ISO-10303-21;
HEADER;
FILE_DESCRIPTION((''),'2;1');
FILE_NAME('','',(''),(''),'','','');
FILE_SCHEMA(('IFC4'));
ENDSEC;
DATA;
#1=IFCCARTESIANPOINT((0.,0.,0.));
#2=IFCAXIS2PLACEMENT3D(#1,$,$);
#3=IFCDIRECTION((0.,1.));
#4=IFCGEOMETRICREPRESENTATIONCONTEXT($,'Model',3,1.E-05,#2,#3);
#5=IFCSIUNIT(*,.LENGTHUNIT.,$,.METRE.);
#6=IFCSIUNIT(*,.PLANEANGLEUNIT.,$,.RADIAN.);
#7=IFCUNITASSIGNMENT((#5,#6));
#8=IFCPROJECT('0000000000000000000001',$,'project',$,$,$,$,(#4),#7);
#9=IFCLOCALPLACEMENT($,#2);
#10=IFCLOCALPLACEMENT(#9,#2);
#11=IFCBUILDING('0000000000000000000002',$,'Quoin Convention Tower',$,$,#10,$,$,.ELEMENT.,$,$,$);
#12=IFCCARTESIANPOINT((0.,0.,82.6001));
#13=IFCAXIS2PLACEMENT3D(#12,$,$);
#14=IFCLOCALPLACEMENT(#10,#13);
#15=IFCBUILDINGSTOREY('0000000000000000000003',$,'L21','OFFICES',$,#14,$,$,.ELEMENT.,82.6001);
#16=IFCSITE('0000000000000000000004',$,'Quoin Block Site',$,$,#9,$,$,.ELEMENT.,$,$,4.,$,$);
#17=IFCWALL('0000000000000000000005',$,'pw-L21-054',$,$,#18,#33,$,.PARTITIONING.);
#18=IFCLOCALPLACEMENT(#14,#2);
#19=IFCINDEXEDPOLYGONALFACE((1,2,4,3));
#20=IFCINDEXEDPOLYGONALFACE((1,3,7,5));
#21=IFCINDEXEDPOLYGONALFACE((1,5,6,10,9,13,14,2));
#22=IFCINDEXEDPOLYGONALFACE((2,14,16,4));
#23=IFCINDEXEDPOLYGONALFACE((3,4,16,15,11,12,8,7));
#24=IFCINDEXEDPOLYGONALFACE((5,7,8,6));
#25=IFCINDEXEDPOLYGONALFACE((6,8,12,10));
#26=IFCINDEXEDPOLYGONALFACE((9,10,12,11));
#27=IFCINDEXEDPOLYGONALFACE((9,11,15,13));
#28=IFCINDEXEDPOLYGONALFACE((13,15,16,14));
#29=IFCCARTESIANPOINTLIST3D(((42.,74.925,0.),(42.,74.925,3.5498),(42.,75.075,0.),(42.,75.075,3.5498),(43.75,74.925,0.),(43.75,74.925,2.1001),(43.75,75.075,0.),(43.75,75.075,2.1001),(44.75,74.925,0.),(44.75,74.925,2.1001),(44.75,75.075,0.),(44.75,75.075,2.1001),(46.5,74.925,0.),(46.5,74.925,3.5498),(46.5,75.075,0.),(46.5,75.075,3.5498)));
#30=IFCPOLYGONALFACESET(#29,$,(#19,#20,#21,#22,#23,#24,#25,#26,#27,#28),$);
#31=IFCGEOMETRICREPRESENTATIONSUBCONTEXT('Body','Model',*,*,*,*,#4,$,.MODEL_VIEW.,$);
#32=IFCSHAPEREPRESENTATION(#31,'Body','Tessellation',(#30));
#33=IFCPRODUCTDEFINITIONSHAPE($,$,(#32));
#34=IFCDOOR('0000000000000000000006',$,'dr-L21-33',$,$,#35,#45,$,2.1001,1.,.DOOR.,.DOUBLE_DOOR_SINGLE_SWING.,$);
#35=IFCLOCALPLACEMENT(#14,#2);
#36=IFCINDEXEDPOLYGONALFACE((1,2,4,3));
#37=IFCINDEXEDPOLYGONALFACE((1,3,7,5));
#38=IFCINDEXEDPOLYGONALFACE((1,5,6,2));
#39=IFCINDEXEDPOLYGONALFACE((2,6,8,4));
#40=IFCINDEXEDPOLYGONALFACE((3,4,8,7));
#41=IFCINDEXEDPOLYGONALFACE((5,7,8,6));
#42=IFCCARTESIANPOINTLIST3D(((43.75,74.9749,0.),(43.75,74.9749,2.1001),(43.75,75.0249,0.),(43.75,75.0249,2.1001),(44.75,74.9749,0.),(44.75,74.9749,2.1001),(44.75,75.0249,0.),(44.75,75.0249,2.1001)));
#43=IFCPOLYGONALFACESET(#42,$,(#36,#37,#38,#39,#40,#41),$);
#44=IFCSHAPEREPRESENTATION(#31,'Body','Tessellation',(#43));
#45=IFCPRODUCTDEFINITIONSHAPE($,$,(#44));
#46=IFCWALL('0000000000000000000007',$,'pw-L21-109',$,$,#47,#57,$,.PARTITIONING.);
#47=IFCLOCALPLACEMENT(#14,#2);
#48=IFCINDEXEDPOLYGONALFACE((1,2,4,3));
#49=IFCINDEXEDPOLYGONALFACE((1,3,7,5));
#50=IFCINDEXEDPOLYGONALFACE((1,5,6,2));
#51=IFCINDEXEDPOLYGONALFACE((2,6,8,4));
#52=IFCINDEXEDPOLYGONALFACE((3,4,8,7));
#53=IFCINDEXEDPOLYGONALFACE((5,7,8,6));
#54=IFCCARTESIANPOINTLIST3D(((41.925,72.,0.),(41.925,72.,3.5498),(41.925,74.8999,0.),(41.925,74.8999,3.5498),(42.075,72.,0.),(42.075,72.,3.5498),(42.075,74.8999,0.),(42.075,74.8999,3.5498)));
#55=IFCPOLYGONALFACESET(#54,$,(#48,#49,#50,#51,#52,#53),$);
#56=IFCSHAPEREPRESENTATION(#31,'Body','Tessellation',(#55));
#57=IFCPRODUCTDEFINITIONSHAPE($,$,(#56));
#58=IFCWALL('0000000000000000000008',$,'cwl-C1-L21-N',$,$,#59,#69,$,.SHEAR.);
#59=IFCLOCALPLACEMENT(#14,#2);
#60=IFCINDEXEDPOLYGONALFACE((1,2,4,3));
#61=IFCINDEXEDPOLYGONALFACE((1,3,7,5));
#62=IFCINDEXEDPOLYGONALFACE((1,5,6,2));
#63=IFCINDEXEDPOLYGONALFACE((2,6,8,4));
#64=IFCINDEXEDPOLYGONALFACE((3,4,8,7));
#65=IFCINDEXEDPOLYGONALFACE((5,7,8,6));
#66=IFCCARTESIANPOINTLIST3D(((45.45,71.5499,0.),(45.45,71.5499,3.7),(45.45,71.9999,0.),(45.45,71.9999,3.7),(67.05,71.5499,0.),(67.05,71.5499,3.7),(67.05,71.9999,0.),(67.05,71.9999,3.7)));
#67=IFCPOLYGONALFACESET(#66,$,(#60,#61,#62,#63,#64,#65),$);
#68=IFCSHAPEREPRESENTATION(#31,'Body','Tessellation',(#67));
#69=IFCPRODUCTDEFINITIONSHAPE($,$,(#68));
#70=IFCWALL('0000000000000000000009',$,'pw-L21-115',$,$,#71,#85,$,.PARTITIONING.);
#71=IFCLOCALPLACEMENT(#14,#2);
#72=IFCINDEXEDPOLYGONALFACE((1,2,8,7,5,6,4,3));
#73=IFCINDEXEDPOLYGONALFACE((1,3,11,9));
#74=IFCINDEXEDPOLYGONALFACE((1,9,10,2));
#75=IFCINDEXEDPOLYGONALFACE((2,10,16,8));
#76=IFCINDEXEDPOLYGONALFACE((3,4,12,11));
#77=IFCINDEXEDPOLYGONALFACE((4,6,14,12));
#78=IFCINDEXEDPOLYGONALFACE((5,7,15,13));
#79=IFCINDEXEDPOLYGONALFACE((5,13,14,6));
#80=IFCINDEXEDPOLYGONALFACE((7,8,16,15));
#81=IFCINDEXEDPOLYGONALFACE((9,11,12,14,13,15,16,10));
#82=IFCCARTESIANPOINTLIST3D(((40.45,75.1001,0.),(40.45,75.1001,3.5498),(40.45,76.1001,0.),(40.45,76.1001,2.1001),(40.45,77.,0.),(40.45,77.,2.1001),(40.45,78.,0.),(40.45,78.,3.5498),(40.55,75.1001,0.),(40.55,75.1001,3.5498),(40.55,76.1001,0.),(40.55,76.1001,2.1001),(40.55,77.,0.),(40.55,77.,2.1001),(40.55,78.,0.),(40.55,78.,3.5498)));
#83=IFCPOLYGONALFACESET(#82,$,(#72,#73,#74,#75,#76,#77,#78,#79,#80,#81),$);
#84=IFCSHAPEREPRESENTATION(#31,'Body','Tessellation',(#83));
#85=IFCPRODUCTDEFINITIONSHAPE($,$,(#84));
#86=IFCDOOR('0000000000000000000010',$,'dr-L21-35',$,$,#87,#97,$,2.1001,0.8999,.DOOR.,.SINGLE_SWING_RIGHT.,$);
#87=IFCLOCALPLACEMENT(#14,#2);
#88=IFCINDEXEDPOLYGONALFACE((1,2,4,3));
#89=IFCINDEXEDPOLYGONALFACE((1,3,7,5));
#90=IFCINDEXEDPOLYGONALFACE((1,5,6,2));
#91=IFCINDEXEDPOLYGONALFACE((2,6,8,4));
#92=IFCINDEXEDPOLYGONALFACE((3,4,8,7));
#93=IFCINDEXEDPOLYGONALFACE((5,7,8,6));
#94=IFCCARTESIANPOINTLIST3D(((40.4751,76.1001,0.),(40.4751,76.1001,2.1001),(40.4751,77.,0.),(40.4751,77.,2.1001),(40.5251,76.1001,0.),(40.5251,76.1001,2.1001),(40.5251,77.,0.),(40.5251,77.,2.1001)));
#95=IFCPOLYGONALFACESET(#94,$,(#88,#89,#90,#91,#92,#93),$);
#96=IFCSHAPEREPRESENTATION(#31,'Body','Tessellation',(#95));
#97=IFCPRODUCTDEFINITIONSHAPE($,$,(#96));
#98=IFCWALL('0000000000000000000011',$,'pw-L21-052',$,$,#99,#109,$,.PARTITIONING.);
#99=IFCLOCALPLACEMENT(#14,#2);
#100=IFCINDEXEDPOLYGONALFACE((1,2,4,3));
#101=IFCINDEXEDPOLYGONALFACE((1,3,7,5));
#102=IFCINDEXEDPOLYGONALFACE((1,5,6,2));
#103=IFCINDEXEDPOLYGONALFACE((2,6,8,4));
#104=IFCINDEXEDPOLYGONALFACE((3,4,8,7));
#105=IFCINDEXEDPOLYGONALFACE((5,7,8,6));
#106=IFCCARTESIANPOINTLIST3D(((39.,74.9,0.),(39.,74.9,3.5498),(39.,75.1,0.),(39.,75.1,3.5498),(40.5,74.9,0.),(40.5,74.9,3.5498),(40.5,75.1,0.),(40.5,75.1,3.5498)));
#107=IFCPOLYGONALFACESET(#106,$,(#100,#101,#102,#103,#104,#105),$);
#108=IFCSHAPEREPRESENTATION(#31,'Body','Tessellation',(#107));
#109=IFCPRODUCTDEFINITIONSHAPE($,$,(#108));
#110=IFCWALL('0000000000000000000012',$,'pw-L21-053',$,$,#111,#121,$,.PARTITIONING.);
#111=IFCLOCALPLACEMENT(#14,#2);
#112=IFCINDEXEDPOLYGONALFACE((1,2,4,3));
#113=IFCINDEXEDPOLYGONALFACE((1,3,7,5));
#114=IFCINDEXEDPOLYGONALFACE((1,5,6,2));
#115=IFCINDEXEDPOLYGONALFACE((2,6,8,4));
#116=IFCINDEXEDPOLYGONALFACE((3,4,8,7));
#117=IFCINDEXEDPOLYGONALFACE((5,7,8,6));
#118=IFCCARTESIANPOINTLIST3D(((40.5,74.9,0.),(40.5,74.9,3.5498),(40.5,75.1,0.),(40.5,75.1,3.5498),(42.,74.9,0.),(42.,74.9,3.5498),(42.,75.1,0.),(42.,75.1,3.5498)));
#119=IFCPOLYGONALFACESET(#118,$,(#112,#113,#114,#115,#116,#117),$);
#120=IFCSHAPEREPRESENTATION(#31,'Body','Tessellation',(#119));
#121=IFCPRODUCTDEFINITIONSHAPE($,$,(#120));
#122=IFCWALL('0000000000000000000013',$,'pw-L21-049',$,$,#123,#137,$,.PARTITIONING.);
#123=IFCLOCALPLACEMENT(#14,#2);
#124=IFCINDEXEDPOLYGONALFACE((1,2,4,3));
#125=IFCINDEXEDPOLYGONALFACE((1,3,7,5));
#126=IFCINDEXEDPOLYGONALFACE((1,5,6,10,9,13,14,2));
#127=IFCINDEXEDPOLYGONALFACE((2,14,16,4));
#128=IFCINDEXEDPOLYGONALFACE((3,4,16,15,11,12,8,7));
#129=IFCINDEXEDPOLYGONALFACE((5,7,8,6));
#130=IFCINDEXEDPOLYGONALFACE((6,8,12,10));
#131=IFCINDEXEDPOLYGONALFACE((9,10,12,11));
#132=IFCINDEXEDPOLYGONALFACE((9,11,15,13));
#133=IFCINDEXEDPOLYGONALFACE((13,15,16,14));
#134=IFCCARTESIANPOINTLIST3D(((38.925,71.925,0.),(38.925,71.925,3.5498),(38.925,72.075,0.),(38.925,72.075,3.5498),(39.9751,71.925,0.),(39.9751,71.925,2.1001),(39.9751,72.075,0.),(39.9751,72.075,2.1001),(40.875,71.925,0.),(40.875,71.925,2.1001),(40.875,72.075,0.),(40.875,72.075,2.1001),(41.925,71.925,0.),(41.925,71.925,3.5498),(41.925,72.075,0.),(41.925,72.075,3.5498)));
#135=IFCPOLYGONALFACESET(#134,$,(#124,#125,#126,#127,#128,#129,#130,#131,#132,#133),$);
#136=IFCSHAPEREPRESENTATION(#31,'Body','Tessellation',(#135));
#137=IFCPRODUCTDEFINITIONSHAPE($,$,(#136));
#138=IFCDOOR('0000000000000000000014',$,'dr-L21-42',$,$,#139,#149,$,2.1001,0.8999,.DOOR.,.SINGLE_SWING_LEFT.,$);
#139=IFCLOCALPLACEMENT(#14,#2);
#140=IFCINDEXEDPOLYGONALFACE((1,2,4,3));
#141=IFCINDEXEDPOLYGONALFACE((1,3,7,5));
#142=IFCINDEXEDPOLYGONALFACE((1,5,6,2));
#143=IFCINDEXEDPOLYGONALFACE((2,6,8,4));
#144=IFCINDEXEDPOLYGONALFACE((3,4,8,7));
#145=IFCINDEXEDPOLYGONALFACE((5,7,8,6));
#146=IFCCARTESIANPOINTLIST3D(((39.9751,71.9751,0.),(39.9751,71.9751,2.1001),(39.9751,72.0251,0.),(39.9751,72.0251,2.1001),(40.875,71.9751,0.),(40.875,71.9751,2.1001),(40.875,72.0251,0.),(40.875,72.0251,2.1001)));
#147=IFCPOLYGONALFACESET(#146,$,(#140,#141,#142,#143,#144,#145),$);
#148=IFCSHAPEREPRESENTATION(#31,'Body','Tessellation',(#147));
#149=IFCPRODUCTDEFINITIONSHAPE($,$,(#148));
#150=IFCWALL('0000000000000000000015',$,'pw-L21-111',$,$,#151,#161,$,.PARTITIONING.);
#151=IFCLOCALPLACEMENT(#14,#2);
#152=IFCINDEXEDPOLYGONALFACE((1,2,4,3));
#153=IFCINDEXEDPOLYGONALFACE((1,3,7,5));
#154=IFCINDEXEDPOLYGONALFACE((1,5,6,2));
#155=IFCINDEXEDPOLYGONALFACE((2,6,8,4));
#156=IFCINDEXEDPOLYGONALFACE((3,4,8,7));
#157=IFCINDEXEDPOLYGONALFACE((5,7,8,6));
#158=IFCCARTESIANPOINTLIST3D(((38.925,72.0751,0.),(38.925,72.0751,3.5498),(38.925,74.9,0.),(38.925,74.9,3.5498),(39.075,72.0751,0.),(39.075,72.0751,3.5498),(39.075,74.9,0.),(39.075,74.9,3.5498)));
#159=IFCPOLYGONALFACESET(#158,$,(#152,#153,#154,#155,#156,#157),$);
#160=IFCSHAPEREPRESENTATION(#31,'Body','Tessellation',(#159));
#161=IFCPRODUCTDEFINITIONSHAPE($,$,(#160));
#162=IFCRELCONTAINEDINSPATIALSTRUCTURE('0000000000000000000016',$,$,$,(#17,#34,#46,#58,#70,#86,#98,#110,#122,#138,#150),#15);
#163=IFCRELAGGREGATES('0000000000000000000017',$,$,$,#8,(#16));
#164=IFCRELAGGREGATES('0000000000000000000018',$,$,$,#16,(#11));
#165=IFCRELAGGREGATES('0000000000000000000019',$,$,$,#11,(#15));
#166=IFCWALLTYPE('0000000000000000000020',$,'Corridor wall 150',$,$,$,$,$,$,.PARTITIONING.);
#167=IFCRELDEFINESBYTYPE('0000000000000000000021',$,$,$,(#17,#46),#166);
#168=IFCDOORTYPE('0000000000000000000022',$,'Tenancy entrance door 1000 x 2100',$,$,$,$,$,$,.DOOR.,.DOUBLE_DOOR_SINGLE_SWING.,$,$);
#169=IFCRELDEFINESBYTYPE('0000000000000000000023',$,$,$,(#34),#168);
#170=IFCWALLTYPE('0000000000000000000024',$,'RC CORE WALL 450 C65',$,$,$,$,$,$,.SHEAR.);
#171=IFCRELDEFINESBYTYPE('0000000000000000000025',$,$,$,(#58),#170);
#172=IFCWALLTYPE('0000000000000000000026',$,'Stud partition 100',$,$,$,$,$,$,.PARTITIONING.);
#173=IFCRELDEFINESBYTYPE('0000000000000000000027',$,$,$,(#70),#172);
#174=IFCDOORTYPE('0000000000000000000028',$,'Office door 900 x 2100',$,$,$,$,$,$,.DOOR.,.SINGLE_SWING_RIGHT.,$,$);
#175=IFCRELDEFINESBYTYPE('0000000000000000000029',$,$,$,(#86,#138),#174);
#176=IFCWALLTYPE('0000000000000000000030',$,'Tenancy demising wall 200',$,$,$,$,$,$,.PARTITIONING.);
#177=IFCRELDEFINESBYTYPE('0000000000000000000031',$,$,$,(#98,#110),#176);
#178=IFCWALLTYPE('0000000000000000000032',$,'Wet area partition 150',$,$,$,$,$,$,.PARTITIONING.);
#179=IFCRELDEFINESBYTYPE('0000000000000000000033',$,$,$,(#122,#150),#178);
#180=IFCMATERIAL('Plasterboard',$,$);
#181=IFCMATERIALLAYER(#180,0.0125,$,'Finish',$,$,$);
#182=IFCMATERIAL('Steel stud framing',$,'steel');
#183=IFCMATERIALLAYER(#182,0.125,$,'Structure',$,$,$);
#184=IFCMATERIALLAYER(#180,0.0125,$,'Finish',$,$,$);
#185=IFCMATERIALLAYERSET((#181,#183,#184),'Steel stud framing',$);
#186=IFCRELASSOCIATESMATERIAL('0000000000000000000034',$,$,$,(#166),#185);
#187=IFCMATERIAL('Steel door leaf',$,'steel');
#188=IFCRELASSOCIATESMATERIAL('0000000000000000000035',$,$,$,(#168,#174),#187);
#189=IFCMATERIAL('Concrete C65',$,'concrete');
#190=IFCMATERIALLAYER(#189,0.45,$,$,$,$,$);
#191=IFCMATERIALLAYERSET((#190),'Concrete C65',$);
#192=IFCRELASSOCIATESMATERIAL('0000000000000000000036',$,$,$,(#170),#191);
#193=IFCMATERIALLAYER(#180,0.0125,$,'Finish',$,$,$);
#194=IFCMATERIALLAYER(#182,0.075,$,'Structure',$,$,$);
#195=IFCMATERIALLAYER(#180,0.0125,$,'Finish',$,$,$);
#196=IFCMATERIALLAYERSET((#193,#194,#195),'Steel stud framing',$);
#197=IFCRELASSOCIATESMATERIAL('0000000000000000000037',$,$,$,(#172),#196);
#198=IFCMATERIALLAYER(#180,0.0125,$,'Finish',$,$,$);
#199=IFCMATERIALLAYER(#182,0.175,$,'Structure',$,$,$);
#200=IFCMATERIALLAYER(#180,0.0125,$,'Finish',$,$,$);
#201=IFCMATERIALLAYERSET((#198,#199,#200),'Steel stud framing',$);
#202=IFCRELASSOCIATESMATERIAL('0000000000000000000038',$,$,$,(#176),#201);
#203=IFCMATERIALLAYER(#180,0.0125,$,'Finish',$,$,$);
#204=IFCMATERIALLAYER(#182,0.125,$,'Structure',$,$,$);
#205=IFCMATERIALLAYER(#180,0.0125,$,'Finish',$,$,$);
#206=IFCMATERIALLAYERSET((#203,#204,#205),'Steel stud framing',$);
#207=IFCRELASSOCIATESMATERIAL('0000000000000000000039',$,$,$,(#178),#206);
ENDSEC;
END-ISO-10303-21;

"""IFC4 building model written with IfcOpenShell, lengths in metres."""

from ifc_helpers import new_model, si_unit, direction, frame, frame_2d, origin, place, context, subcontext, project, spatial, rectangle, extrude, material, layer, layer_set, type_object, element, fill, save


model = new_model("IFC4")

# Units and contexts
model_context = context("Model", 3, precision=1e-05, world=origin(), true_north=direction((0.0, 1.0)))
body_context = subcontext(model_context, "Body", "Model", "MODEL_VIEW")
ifc_project = project(units=[si_unit("LENGTHUNIT", "METRE"), si_unit("PLANEANGLEUNIT", "RADIAN")], contexts=[model_context])

# Site, building, storey
site_placement = place(None, origin())
site = spatial("IfcSite", under=ifc_project, at=site_placement, Name="Quoin Block Site", CompositionType="ELEMENT", RefElevation=4.0)
building_placement = place(site_placement, origin())
building = spatial("IfcBuilding", under=site, at=building_placement, Name="Quoin Convention Tower", CompositionType="ELEMENT")
storey_placement = place(building_placement, frame((0.0, 0.0, 82.6001)))
storey = spatial("IfcBuildingStorey", under=building, at=storey_placement, Name="L21", Description="OFFICES", CompositionType="ELEMENT", Elevation=82.6001)

# Shared definitions
ifc_material_1 = material(Name="Concrete C65", Category="concrete")

# Shared definitions
ifc_material_2 = material(Name="Plasterboard")
ifc_material_3 = material(Name="Steel stud framing", Category="steel")
ifc_material_4 = material(Name="Steel door leaf", Category="steel")

# Wall, opening, door
ifc_layer_1 = layer(ifc_material_2, 0.0125, Name="Finish")
ifc_layer_2 = layer(ifc_material_3, 0.125, Name="Structure")
ifc_layer_3 = layer(ifc_material_2, 0.0125, Name="Finish")
ifc_layer_set_1 = layer_set([ifc_layer_1, ifc_layer_2, ifc_layer_3], Name="Steel stud framing")
wall_type_1 = type_object("IfcWallType", Name="Corridor wall 150", PredefinedType="PARTITIONING", material=ifc_layer_set_1)
wall_1_placement = place(storey_placement, frame((42.0, 75.0, 0.0), z_axis=(0.0, 0.0, 1.0), x_axis=(1.0, 0.0, 0.0)))
wall_1 = element("IfcWall", 1, at=wall_1_placement, inside=storey, type_object=wall_type_1, Name="pw-L21-054", PredefinedType="PARTITIONING", context=body_context, shape_type="SweptSolid", body=[
    extrude(rectangle(XDim=4.5, YDim=0.1499, at=frame_2d((2.25, 0.0))), origin(), (0.0, 0.0, 1.0), 3.5498),
])
opening_1_placement = place(wall_1_placement, frame((1.75, 0.0, 0.0)))
opening_1 = element("IfcOpeningElement", 2, at=opening_1_placement, cuts=wall_1, PredefinedType="OPENING", context=body_context, shape_type="SweptSolid", body=[
    extrude(rectangle(XDim=1.0, YDim=2.1001, at=frame_2d((0.5, 1.05))), frame((0.0, 0.085, 0.0), z_axis=(0.0, -1.0, 0.0), x_axis=(1.0, 0.0, 0.0)), (0.0, 0.0, 1.0), 0.1699),
])
door_type_1 = type_object("IfcDoorType", Name="Tenancy entrance door 1000 x 2100", OperationType="DOUBLE_DOOR_SINGLE_SWING", PredefinedType="DOOR", material=ifc_material_4)
door_1_placement = place(opening_1_placement, origin())
door_1 = element("IfcDoor", 3, at=door_1_placement, inside=storey, type_object=door_type_1, Name="dr-L21-33", OperationType="DOUBLE_DOOR_SINGLE_SWING", OverallHeight=2.1001, OverallWidth=1.0, PredefinedType="DOOR", context=body_context, shape_type="SweptSolid", body=[
    extrude(rectangle(XDim=1.0, YDim=2.1001, at=frame_2d((0.5, 1.05))), frame((0.0, 0.0249, 0.0), z_axis=(0.0, -1.0, 0.0), x_axis=(1.0, 0.0, 0.0)), (0.0, 0.0, 1.0), 0.05),
])
fill(opening_1, door_1)

# Walls
wall_2_placement = place(storey_placement, frame((42.0, 72.0, 0.0), z_axis=(0.0, 0.0, 1.0), x_axis=(0.0, 1.0, 0.0)))
element("IfcWall", 4, at=wall_2_placement, inside=storey, type_object=wall_type_1, Name="pw-L21-109", PredefinedType="PARTITIONING", context=body_context, shape_type="SweptSolid", body=[
    extrude(rectangle(XDim=2.8999, YDim=0.1499, at=frame_2d((1.45, 0.0))), origin(), (0.0, 0.0, 1.0), 3.5498),
])
ifc_layer_4 = layer(ifc_material_1, 0.45)
ifc_layer_set_2 = layer_set([ifc_layer_4], Name="Concrete C65")
wall_type_2 = type_object("IfcWallType", Name="RC CORE WALL 450 C65", PredefinedType="SHEAR", material=ifc_layer_set_2)
wall_3_placement = place(storey_placement, frame((45.45, 71.7749, 0.0), z_axis=(0.0, 0.0, 1.0), x_axis=(1.0, 0.0, 0.0)))
element("IfcWall", 5, at=wall_3_placement, inside=storey, type_object=wall_type_2, Name="cwl-C1-L21-N", PredefinedType="SHEAR", context=body_context, shape_type="SweptSolid", body=[
    extrude(rectangle(XDim=21.6001, YDim=0.45, at=frame_2d((10.8, 0.0))), origin(), (0.0, 0.0, 1.0), 3.7),
])

# Wall, opening, door
ifc_layer_5 = layer(ifc_material_2, 0.0125, Name="Finish")
ifc_layer_6 = layer(ifc_material_3, 0.075, Name="Structure")
ifc_layer_7 = layer(ifc_material_2, 0.0125, Name="Finish")
ifc_layer_set_3 = layer_set([ifc_layer_5, ifc_layer_6, ifc_layer_7], Name="Steel stud framing")
wall_type_3 = type_object("IfcWallType", Name="Stud partition 100", PredefinedType="PARTITIONING", material=ifc_layer_set_3)
wall_4_placement = place(storey_placement, frame((40.5, 75.1001, 0.0), z_axis=(0.0, 0.0, 1.0), x_axis=(0.0, 1.0, 0.0)))
wall_4 = element("IfcWall", 6, at=wall_4_placement, inside=storey, type_object=wall_type_3, Name="pw-L21-115", PredefinedType="PARTITIONING", context=body_context, shape_type="SweptSolid", body=[
    extrude(rectangle(XDim=2.8999, YDim=0.1001, at=frame_2d((1.45, 0.0))), origin(), (0.0, 0.0, 1.0), 3.5498),
])
opening_2_placement = place(wall_4_placement, frame((1.0, 0.0, 0.0)))
opening_2 = element("IfcOpeningElement", 7, at=opening_2_placement, cuts=wall_4, PredefinedType="OPENING", context=body_context, shape_type="SweptSolid", body=[
    extrude(rectangle(XDim=0.8999, YDim=2.1001, at=frame_2d((0.45, 1.05))), frame((0.0, 0.0601, 0.0), z_axis=(0.0, -1.0, 0.0), x_axis=(1.0, 0.0, 0.0)), (0.0, 0.0, 1.0), 0.1201),
])
door_type_2 = type_object("IfcDoorType", Name="Office door 900 x 2100", OperationType="SINGLE_SWING_RIGHT", PredefinedType="DOOR", material=ifc_material_4)
door_2_placement = place(opening_2_placement, origin())
door_2 = element("IfcDoor", 8, at=door_2_placement, inside=storey, type_object=door_type_2, Name="dr-L21-35", OperationType="SINGLE_SWING_RIGHT", OverallHeight=2.1001, OverallWidth=0.8999, PredefinedType="DOOR", context=body_context, shape_type="SweptSolid", body=[
    extrude(rectangle(XDim=0.8999, YDim=2.1001, at=frame_2d((0.45, 1.05))), frame((0.0, 0.0249, 0.0), z_axis=(0.0, -1.0, 0.0), x_axis=(1.0, 0.0, 0.0)), (0.0, 0.0, 1.0), 0.05),
])
fill(opening_2, door_2)

# Walls
ifc_layer_8 = layer(ifc_material_2, 0.0125, Name="Finish")
ifc_layer_9 = layer(ifc_material_3, 0.175, Name="Structure")
ifc_layer_10 = layer(ifc_material_2, 0.0125, Name="Finish")
ifc_layer_set_4 = layer_set([ifc_layer_8, ifc_layer_9, ifc_layer_10], Name="Steel stud framing")
wall_type_4 = type_object("IfcWallType", Name="Tenancy demising wall 200", PredefinedType="PARTITIONING", material=ifc_layer_set_4)
for number, where, z_axis, x_axis, name in (
    (9, (39.0, 75.0, 0.0), (0.0, 0.0, 1.0), (1.0, 0.0, 0.0), "pw-L21-052"),
    (10, (40.5, 75.0, 0.0), (0.0, 0.0, 1.0), (1.0, 0.0, 0.0), "pw-L21-053"),
):
    element("IfcWall", number, at=place(storey_placement, frame(where, z_axis=z_axis, x_axis=x_axis)), inside=storey, type_object=wall_type_4, Name=name, PredefinedType="PARTITIONING", context=body_context, shape_type="SweptSolid", body=[
        extrude(rectangle(XDim=1.5, YDim=0.2, at=frame_2d((0.75, 0.0))), origin(), (0.0, 0.0, 1.0), 3.5498),
    ])

# Wall, opening, door
ifc_layer_11 = layer(ifc_material_2, 0.0125, Name="Finish")
ifc_layer_12 = layer(ifc_material_3, 0.125, Name="Structure")
ifc_layer_13 = layer(ifc_material_2, 0.0125, Name="Finish")
ifc_layer_set_5 = layer_set([ifc_layer_11, ifc_layer_12, ifc_layer_13], Name="Steel stud framing")
wall_type_5 = type_object("IfcWallType", Name="Wet area partition 150", PredefinedType="PARTITIONING", material=ifc_layer_set_5)
wall_5_placement = place(storey_placement, frame((38.925, 72.0, 0.0), z_axis=(0.0, 0.0, 1.0), x_axis=(1.0, 0.0, 0.0)))
wall_5 = element("IfcWall", 11, at=wall_5_placement, inside=storey, type_object=wall_type_5, Name="pw-L21-049", PredefinedType="PARTITIONING", context=body_context, shape_type="SweptSolid", body=[
    extrude(rectangle(XDim=3.0, YDim=0.1499, at=frame_2d((1.5, 0.0))), origin(), (0.0, 0.0, 1.0), 3.5498),
])
opening_3_placement = place(wall_5_placement, frame((1.05, 0.0, 0.0)))
opening_3 = element("IfcOpeningElement", 12, at=opening_3_placement, cuts=wall_5, PredefinedType="OPENING", context=body_context, shape_type="SweptSolid", body=[
    extrude(rectangle(XDim=0.8999, YDim=2.1001, at=frame_2d((0.45, 1.05))), frame((0.0, 0.085, 0.0), z_axis=(0.0, -1.0, 0.0), x_axis=(1.0, 0.0, 0.0)), (0.0, 0.0, 1.0), 0.1699),
])
door_3_placement = place(opening_3_placement, frame((0.8999, 0.0, 0.0), z_axis=(0.0, 0.0, 1.0), x_axis=(-1.0, 0.0, 0.0)))
door_3 = element("IfcDoor", 13, at=door_3_placement, inside=storey, type_object=door_type_2, Name="dr-L21-42", OperationType="SINGLE_SWING_LEFT", OverallHeight=2.1001, OverallWidth=0.8999, PredefinedType="DOOR", context=body_context, shape_type="SweptSolid", body=[
    extrude(rectangle(XDim=0.8999, YDim=2.1001, at=frame_2d((0.45, 1.05))), frame((0.0, 0.0249, 0.0), z_axis=(0.0, -1.0, 0.0), x_axis=(1.0, 0.0, 0.0)), (0.0, 0.0, 1.0), 0.05),
])
fill(opening_3, door_3)

# Wall
wall_6_placement = place(storey_placement, frame((39.0, 72.075, 0.0), z_axis=(0.0, 0.0, 1.0), x_axis=(0.0, 1.0, 0.0)))
element("IfcWall", 14, at=wall_6_placement, inside=storey, type_object=wall_type_5, Name="pw-L21-111", PredefinedType="PARTITIONING", context=body_context, shape_type="SweptSolid", body=[
    extrude(rectangle(XDim=2.825, YDim=0.1499, at=frame_2d((1.4126, 0.0))), origin(), (0.0, 0.0, 1.0), 3.5498),
])

save(model, "model.ifc")
